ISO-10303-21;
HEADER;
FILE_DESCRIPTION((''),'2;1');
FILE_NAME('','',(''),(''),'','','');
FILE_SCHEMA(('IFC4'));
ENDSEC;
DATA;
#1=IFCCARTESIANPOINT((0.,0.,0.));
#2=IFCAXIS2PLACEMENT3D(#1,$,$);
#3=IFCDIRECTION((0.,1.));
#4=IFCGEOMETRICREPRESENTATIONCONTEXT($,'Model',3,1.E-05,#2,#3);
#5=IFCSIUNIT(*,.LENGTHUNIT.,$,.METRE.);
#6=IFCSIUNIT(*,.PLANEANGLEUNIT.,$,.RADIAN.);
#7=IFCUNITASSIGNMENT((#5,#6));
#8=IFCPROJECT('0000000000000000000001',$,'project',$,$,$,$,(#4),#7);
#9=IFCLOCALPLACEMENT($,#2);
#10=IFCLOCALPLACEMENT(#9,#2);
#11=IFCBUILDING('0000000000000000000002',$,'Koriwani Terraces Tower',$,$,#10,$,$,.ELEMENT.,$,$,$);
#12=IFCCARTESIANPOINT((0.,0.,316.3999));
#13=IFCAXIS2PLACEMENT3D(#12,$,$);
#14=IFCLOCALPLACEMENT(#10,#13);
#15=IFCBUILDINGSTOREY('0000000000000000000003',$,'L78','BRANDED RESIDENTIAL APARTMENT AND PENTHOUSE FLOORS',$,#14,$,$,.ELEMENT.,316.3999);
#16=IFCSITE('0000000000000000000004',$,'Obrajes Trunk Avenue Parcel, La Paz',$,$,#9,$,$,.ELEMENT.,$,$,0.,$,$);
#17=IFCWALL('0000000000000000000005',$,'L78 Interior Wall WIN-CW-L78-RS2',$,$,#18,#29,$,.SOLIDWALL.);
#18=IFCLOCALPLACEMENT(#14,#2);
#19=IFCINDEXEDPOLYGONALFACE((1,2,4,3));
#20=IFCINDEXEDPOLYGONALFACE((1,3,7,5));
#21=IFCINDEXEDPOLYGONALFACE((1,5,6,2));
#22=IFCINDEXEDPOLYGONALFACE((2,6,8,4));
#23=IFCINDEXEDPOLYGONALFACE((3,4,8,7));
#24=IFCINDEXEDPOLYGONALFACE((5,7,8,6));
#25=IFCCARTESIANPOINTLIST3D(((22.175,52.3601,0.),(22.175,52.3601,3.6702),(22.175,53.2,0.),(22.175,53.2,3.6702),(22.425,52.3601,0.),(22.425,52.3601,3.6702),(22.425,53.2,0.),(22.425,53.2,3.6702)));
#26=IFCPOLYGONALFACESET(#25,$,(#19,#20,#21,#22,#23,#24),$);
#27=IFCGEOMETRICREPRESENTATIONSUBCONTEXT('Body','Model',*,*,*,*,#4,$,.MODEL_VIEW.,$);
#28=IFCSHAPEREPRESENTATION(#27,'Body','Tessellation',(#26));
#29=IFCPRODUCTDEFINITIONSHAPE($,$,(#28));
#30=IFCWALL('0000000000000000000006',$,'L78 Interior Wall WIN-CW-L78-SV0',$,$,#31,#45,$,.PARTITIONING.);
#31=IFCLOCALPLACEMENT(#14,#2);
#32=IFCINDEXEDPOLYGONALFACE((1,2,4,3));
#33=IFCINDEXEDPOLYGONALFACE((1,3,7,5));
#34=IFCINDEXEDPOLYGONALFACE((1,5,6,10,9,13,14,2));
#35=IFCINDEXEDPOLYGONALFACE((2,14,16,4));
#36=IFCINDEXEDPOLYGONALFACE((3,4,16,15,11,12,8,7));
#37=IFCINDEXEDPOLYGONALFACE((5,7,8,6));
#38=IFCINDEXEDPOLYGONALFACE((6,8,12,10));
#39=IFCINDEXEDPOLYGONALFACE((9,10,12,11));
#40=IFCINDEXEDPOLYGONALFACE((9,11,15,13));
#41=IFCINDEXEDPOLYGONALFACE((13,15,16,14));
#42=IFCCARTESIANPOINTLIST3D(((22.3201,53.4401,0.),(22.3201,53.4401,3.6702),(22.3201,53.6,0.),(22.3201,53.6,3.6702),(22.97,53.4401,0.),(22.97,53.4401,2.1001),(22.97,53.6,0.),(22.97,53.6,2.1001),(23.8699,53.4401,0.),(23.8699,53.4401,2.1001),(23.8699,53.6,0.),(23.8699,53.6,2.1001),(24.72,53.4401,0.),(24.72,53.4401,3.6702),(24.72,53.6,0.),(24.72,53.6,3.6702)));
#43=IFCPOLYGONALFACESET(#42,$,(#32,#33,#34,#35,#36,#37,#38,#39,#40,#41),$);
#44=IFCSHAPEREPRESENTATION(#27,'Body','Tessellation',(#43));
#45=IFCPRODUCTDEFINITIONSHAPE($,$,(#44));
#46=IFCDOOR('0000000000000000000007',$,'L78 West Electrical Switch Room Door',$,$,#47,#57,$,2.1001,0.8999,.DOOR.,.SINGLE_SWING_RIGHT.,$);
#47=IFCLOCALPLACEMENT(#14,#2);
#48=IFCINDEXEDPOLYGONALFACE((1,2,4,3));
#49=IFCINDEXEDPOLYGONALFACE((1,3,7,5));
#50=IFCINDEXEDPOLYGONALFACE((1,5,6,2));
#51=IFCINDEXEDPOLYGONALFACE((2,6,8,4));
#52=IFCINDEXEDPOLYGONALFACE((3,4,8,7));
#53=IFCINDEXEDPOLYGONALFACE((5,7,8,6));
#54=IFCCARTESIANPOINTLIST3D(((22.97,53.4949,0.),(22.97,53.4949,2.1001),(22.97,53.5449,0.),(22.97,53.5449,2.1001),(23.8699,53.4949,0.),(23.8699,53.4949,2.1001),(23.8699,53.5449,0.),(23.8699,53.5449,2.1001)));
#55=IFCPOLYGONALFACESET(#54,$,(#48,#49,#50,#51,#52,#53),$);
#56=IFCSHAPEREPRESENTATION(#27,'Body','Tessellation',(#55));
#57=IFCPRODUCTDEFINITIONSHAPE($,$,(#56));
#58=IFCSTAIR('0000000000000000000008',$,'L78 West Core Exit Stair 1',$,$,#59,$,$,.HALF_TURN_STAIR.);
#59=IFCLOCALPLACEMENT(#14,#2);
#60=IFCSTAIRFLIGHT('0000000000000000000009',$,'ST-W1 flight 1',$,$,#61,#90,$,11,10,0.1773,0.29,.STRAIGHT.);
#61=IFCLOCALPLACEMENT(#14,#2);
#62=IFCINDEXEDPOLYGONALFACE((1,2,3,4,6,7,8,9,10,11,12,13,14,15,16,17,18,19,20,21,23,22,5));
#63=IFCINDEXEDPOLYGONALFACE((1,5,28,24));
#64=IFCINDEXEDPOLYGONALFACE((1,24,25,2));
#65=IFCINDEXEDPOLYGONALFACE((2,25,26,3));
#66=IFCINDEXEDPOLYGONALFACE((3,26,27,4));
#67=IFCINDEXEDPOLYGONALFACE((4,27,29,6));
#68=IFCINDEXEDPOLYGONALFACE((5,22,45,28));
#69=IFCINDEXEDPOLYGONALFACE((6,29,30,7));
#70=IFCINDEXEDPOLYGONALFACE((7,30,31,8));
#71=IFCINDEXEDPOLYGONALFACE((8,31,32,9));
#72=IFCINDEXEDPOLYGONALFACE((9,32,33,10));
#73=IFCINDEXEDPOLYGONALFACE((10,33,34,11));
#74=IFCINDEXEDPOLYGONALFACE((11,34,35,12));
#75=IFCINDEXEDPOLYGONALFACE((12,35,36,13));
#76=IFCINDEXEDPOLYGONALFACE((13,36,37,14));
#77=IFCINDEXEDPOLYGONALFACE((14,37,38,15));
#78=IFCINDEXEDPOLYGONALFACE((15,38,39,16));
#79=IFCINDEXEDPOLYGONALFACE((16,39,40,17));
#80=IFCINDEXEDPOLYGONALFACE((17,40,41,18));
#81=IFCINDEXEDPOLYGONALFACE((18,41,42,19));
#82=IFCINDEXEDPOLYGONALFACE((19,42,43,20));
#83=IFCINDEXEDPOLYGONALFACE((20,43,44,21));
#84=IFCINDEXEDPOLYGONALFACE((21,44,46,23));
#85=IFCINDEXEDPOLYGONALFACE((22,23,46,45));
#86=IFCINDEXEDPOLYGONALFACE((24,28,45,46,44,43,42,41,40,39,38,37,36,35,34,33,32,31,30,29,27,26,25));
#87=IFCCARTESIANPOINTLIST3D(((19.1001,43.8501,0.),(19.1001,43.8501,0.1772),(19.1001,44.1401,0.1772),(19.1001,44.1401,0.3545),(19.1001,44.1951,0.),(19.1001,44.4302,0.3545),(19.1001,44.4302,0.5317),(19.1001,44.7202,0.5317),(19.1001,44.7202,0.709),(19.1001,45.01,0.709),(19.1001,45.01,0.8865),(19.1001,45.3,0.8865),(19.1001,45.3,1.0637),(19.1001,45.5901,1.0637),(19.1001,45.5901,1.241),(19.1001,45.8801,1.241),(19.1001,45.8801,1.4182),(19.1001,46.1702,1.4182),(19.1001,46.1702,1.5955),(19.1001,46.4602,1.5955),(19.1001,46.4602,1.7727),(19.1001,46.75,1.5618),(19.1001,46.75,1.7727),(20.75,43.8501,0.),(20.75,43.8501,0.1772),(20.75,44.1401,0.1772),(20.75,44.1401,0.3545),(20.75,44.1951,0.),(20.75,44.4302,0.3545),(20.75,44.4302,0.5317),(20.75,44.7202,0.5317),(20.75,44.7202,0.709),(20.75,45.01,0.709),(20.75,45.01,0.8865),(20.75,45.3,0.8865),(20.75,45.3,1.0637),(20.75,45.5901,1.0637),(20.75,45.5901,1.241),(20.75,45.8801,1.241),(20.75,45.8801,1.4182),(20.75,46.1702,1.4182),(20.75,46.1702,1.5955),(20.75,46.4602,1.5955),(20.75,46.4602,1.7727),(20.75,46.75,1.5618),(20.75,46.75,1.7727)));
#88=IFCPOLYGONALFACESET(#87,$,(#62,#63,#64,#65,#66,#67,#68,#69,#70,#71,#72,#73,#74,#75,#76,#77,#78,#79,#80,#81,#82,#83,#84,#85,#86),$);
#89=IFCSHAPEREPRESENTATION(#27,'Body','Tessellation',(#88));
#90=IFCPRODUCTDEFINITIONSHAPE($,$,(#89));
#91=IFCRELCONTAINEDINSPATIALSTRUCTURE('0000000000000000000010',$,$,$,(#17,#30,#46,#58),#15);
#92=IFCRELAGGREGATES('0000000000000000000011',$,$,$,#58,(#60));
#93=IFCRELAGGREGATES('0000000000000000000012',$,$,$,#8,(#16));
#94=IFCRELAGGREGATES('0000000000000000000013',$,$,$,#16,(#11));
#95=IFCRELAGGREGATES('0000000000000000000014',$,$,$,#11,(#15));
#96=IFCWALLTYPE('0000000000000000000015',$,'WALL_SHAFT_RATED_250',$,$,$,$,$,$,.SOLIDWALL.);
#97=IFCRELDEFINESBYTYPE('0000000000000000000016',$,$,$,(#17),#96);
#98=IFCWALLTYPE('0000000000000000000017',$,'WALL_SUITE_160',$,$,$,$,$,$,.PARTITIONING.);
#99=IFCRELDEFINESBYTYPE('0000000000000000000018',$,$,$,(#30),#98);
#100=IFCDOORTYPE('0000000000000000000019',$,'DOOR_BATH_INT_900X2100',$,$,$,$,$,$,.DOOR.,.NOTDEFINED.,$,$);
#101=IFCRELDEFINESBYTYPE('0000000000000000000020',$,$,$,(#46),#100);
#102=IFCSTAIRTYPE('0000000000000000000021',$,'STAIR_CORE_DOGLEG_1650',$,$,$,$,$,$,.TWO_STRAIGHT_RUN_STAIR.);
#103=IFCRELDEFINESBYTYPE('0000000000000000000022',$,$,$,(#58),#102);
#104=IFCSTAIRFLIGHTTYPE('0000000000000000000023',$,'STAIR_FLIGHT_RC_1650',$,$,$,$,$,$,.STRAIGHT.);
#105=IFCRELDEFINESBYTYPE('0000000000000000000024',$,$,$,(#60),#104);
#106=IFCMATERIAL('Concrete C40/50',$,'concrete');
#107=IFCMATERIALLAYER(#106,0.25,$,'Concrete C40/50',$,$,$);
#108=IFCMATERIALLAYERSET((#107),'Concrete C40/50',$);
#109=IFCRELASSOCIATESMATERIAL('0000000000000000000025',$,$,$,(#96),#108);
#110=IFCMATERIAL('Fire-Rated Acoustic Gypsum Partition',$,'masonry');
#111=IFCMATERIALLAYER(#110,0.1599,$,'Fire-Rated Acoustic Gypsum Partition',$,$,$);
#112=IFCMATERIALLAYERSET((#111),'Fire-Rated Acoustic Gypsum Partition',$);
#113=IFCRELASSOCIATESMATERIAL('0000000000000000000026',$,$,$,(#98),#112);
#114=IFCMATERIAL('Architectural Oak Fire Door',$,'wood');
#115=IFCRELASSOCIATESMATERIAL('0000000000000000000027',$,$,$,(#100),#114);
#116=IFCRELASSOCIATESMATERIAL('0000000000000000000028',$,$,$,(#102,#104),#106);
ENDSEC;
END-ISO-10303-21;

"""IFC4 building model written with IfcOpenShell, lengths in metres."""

from ifc_helpers import new_model, si_unit, direction, frame, frame_2d, origin, place, context, subcontext, project, spatial, polyline, rectangle, outline, extrude, material, layer, layer_set, type_object, element, fill, aggregate, save


model = new_model("IFC4")

# Units and contexts
model_context = context("Model", 3, precision=1e-05, world=origin(), true_north=direction((0.0, 1.0)))
body_context = subcontext(model_context, "Body", "Model", "MODEL_VIEW")
ifc_project = project(units=[si_unit("LENGTHUNIT", "METRE"), si_unit("PLANEANGLEUNIT", "RADIAN")], contexts=[model_context])

# Site, building, storey
site_placement = place(None, origin())
site = spatial("IfcSite", under=ifc_project, at=site_placement, Name="Obrajes Trunk Avenue Parcel, La Paz", CompositionType="ELEMENT", RefElevation=0.0)
building_placement = place(site_placement, origin())
building = spatial("IfcBuilding", under=site, at=building_placement, Name="Koriwani Terraces Tower", CompositionType="ELEMENT")
storey_placement = place(building_placement, frame((0.0, 0.0, 316.3999)))
storey = spatial("IfcBuildingStorey", under=building, at=storey_placement, Name="L78", Description="BRANDED RESIDENTIAL APARTMENT AND PENTHOUSE FLOORS", CompositionType="ELEMENT", Elevation=316.3999)

# Shared definitions
ifc_material_1 = material(Name="Fire-Rated Acoustic Gypsum Partition", Category="masonry")
ifc_material_2 = material(Name="Concrete C40/50", Category="concrete")
ifc_layer_1 = layer(ifc_material_2, 0.25, Name="Concrete C40/50")
ifc_layer_set_1 = layer_set([ifc_layer_1], Name="Concrete C40/50")
wall_type_1 = type_object("IfcWallType", Name="WALL_SHAFT_RATED_250", PredefinedType="SOLIDWALL", material=ifc_layer_set_1)

# Wall
wall_1_placement = place(storey_placement, frame((22.3, 52.3601, 0.0), z_axis=(0.0, 0.0, 1.0), x_axis=(0.0, 1.0, 0.0)))
element("IfcWall", 1, at=wall_1_placement, inside=storey, type_object=wall_type_1, Name="L78 Interior Wall WIN-CW-L78-RS2", PredefinedType="SOLIDWALL", context=body_context, shape_type="SweptSolid", body=[
    extrude(rectangle(XDim=0.8398, YDim=0.25, at=frame_2d((0.4199, 0.0))), origin(), (0.0, 0.0, 1.0), 3.6702),
])

# Wall, opening, door
ifc_layer_2 = layer(ifc_material_1, 0.1599, Name="Fire-Rated Acoustic Gypsum Partition")
ifc_layer_set_2 = layer_set([ifc_layer_2], Name="Fire-Rated Acoustic Gypsum Partition")
wall_type_2 = type_object("IfcWallType", Name="WALL_SUITE_160", PredefinedType="PARTITIONING", material=ifc_layer_set_2)
wall_2_placement = place(storey_placement, frame((22.3201, 53.52, 0.0), z_axis=(0.0, 0.0, 1.0), x_axis=(1.0, 0.0, 0.0)))
wall_2 = element("IfcWall", 2, at=wall_2_placement, inside=storey, type_object=wall_type_2, Name="L78 Interior Wall WIN-CW-L78-SV0", PredefinedType="PARTITIONING", context=body_context, shape_type="SweptSolid", body=[
    extrude(rectangle(XDim=2.3999, YDim=0.1599, at=frame_2d((1.2, 0.0))), origin(), (0.0, 0.0, 1.0), 3.6702),
])
opening_1_placement = place(wall_2_placement, frame((0.6499, 0.0, 0.0)))
opening_1 = element("IfcOpeningElement", 3, at=opening_1_placement, cuts=wall_2, PredefinedType="OPENING", context=body_context, shape_type="SweptSolid", body=[
    extrude(rectangle(XDim=0.8999, YDim=2.1001, at=frame_2d((0.45, 1.05))), frame((0.0, 0.0898, 0.0), z_axis=(0.0, -1.0, 0.0), x_axis=(1.0, 0.0, 0.0)), (0.0, 0.0, 1.0), 0.1799),
])
ifc_material_3 = material(Name="Architectural Oak Fire Door", Category="wood")
door_type_1 = type_object("IfcDoorType", Name="DOOR_BATH_INT_900X2100", OperationType="NOTDEFINED", PredefinedType="DOOR", material=ifc_material_3)
door_1_placement = place(opening_1_placement, origin())
door_1 = element("IfcDoor", 4, at=door_1_placement, inside=storey, type_object=door_type_1, Name="L78 West Electrical Switch Room Door", OperationType="SINGLE_SWING_RIGHT", OverallHeight=2.1001, OverallWidth=0.8999, PredefinedType="DOOR", context=body_context, shape_type="SweptSolid", body=[
    extrude(rectangle(XDim=0.8999, YDim=2.1001, at=frame_2d((0.45, 1.05))), frame((0.0, 0.0249, 0.0), z_axis=(0.0, -1.0, 0.0), x_axis=(1.0, 0.0, 0.0)), (0.0, 0.0, 1.0), 0.05),
])
fill(opening_1, door_1)

# Stair, stair flight
stair_type = type_object("IfcStairType", Name="STAIR_CORE_DOGLEG_1650", PredefinedType="TWO_STRAIGHT_RUN_STAIR", material=ifc_material_2)
stair_placement = place(storey_placement, origin())
stair = element("IfcStair", 5, at=stair_placement, inside=storey, type_object=stair_type, Name="L78 West Core Exit Stair 1", PredefinedType="HALF_TURN_STAIR")
stair_flight_type = type_object("IfcStairFlightType", Name="STAIR_FLIGHT_RC_1650", PredefinedType="STRAIGHT", material=ifc_material_2)
stair_flight_placement = place(storey_placement, frame((19.925, 43.8501, 0.0), z_axis=(0.0, 0.0, 1.0), x_axis=(0.0, 1.0, 0.0)))
stair_flight = element("IfcStairFlight", 6, at=stair_flight_placement, type_object=stair_flight_type, Name="ST-W1 flight 1", NumberOfRisers=11, NumberOfTreads=10, PredefinedType="STRAIGHT", RiserHeight=0.1773, TreadLength=0.29, context=body_context, shape_type="SweptSolid", body=[
    extrude(outline(polyline([(0.0, 0.0), (0.0, 0.1772), (0.29, 0.1772), (0.29, 0.3545), (0.5801, 0.3545), (0.5801, 0.5317), (0.8701, 0.5317), (0.8701, 0.709), (1.1599, 0.709), (1.1599, 0.8865), (1.45, 0.8865), (1.45, 1.0637), (1.74, 1.0637), (1.74, 1.241), (2.03, 1.241), (2.03, 1.4182), (2.3201, 1.4182), (2.3201, 1.5955), (2.6101, 1.5955), (2.6101, 1.7727), (2.8999, 1.7727), (2.8999, 1.95), (2.8999, 1.5618), (0.345, 0.0), (0.0, 0.0)])), frame((0.0, 0.825, 0.0), z_axis=(0.0, -1.0, 0.0), x_axis=(1.0, 0.0, 0.0)), (0.0, 0.0, 1.0), 1.6499),
])
aggregate(stair, [stair_flight])

save(model, "model.ifc")
